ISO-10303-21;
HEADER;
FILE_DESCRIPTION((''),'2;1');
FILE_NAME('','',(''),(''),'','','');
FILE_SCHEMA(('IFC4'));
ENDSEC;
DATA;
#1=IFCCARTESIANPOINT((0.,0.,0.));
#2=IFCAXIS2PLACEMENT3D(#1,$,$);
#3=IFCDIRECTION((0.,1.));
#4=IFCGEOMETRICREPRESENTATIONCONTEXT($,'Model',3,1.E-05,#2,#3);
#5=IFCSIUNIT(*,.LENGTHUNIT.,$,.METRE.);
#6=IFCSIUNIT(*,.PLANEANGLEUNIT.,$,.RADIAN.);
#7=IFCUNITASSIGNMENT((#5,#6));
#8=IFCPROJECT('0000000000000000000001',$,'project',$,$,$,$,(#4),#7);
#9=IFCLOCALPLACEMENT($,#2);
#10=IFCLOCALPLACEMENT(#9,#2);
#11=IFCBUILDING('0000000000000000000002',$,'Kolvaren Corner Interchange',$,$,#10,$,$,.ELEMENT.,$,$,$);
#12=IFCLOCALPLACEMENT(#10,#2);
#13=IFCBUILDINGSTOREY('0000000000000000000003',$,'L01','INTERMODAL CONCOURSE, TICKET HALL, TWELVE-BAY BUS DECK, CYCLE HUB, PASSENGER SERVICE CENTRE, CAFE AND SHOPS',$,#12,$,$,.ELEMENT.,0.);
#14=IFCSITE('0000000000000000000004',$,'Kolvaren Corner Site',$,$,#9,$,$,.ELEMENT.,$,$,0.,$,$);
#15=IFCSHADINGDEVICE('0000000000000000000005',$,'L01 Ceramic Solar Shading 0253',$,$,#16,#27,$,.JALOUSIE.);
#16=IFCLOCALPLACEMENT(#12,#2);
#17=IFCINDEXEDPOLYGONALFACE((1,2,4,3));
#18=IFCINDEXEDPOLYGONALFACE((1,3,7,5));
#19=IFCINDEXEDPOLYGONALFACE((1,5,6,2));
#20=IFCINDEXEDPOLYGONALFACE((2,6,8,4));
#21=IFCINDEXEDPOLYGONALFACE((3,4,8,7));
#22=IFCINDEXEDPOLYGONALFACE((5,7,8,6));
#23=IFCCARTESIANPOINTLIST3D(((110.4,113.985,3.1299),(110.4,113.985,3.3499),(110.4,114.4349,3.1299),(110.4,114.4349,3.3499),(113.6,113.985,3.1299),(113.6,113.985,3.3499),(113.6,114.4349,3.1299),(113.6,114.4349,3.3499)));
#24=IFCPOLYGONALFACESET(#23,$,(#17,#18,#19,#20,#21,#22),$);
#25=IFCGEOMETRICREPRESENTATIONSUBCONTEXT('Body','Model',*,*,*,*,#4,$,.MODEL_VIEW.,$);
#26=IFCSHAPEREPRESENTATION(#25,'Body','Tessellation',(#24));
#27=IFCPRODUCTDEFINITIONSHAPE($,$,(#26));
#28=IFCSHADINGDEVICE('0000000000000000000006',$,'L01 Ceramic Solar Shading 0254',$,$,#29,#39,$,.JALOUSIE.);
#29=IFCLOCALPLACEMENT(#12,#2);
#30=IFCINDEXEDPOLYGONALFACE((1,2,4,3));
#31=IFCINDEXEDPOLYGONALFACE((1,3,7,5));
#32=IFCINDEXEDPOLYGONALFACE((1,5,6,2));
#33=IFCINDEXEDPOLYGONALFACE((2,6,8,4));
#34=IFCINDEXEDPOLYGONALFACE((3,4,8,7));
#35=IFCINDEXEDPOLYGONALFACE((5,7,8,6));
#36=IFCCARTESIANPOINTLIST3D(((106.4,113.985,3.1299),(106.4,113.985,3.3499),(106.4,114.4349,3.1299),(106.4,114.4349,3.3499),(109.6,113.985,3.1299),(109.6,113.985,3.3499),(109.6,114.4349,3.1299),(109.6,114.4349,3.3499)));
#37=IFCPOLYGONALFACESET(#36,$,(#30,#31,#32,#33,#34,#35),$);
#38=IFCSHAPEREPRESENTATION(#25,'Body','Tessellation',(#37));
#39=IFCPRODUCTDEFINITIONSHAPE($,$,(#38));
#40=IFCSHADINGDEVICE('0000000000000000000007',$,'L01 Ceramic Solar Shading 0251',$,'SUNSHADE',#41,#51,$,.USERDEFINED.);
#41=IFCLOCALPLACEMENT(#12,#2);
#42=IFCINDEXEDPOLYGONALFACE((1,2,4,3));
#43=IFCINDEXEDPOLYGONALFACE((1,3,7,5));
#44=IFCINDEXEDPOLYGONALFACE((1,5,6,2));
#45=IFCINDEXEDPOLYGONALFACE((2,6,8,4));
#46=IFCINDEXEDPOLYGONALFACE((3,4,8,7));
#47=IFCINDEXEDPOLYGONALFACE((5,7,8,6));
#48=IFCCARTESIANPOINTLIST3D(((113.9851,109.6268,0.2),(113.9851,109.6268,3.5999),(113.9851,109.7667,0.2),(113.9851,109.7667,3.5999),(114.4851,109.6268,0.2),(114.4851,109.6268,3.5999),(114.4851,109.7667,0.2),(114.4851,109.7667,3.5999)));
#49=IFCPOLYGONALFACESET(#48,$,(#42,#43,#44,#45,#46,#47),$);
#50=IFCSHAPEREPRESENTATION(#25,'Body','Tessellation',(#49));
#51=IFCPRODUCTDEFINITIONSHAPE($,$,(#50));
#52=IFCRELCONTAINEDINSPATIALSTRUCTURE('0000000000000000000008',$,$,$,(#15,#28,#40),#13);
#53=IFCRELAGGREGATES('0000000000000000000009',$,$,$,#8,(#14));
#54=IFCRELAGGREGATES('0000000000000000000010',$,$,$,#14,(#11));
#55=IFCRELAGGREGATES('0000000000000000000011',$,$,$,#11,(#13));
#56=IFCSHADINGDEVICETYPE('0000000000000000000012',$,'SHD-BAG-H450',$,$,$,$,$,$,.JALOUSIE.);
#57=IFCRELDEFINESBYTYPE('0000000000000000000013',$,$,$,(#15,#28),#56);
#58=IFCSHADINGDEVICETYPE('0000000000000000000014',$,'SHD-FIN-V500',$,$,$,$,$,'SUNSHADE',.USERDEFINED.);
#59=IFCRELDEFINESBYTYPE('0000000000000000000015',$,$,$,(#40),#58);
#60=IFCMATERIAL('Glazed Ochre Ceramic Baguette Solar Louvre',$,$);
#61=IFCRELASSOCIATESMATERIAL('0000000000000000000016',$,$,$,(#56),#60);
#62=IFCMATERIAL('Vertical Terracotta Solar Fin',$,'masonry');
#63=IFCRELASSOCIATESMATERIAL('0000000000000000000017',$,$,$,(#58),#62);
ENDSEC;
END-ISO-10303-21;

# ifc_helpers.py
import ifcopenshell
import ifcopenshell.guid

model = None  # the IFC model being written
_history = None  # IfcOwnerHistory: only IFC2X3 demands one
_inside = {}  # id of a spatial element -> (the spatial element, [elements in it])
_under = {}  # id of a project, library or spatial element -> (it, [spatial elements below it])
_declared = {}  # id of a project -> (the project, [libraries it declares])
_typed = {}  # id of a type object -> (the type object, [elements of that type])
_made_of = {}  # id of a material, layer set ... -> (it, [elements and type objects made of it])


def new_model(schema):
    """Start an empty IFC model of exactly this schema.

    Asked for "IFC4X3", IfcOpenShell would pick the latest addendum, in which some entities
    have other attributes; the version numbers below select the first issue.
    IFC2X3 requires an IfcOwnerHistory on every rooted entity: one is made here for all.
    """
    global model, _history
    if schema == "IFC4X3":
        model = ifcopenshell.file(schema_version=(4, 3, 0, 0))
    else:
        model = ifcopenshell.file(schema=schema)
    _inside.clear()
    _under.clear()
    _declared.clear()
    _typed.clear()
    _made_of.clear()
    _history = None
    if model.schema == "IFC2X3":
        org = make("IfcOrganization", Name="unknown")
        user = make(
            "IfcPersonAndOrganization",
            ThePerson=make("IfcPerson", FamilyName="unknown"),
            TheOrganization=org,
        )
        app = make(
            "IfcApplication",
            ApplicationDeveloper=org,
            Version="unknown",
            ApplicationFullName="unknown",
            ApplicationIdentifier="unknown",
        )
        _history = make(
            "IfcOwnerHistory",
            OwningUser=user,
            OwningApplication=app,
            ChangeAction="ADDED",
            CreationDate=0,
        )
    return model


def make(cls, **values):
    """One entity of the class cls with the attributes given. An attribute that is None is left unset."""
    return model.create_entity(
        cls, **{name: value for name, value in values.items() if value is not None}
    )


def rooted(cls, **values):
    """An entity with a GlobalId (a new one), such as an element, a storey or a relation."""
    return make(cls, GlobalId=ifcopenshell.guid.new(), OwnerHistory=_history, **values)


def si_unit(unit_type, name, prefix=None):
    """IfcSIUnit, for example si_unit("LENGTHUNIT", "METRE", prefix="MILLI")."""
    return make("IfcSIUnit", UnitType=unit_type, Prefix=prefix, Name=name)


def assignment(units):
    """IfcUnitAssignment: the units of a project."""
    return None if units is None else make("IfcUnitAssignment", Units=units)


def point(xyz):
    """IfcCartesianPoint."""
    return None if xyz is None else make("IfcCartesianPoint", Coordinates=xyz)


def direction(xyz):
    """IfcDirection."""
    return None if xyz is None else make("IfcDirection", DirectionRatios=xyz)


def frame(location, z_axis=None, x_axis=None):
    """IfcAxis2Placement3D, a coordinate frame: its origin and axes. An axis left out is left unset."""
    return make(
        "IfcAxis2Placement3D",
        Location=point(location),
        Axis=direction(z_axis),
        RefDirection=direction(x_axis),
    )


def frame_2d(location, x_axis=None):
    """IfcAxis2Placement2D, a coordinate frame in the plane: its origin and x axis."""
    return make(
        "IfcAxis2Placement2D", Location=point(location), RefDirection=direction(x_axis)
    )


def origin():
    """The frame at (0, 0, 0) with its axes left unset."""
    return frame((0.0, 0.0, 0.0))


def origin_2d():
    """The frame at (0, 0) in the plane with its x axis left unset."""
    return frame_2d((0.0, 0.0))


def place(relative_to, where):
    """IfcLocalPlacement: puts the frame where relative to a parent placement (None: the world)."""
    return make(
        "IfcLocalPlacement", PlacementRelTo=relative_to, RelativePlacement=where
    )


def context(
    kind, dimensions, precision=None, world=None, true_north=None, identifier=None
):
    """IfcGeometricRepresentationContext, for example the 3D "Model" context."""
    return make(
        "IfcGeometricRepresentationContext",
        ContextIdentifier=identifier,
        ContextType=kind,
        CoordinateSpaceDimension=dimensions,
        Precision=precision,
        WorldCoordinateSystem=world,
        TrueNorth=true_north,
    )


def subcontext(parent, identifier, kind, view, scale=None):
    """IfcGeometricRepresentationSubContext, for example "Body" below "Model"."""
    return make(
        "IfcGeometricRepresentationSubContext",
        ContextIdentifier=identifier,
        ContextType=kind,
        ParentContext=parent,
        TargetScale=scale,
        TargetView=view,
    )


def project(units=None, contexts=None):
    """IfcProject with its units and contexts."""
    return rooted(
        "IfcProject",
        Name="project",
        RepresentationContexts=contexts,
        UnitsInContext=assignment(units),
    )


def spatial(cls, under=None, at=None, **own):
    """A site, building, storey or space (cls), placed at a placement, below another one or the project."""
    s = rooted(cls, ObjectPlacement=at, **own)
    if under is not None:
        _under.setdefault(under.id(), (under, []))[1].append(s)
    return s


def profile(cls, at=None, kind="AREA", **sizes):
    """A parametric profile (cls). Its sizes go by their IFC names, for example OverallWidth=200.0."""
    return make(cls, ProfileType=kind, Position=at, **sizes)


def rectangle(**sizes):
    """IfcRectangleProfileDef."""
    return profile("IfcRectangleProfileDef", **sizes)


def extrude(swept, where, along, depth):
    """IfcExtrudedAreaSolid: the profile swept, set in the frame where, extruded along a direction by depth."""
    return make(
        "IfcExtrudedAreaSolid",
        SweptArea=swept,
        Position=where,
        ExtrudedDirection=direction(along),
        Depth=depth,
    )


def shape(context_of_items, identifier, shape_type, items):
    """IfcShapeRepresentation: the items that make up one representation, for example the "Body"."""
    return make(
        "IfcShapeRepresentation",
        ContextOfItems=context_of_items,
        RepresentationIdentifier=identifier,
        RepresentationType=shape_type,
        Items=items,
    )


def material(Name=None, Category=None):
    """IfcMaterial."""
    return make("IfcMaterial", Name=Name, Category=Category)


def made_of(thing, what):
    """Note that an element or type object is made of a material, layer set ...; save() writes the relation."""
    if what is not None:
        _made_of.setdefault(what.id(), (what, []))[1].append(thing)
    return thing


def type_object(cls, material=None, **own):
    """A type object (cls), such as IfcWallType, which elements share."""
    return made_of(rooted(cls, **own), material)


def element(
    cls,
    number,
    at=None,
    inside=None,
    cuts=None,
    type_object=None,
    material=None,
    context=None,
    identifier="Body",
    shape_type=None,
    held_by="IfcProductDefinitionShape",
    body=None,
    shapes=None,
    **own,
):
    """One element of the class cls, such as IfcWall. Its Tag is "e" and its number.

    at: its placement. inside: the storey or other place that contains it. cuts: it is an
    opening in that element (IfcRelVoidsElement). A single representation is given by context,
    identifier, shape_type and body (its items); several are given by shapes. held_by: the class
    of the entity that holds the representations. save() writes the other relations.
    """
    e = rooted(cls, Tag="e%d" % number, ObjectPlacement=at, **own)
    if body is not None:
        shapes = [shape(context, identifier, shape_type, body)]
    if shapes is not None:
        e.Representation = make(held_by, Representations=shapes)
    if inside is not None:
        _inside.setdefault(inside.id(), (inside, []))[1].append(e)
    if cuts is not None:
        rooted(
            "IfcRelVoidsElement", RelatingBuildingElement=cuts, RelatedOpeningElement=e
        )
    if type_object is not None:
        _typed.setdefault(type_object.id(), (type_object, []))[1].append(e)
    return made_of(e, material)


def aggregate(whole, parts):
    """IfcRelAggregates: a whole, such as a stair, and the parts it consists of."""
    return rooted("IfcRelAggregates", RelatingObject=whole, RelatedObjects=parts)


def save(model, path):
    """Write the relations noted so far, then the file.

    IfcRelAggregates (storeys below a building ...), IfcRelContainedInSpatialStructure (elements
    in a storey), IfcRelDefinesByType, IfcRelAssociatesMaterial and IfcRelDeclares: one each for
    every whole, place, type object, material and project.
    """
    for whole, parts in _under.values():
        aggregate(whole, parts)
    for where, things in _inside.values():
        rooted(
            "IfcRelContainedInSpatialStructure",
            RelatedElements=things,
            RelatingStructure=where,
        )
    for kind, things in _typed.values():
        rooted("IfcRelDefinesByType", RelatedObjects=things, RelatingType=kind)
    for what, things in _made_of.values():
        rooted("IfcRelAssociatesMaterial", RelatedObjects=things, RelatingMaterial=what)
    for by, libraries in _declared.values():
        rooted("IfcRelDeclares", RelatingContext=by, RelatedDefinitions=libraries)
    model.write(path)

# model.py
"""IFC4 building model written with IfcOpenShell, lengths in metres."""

from ifc_helpers import new_model, si_unit, direction, frame, origin, origin_2d, place, context, subcontext, project, spatial, rectangle, extrude, material, type_object, element, save


model = new_model("IFC4")

# Units and contexts
model_context = context("Model", 3, precision=1e-05, world=origin(), true_north=direction((0.0, 1.0)))
body_context = subcontext(model_context, "Body", "Model", "MODEL_VIEW")
ifc_project = project(units=[si_unit("LENGTHUNIT", "METRE"), si_unit("PLANEANGLEUNIT", "RADIAN")], contexts=[model_context])

# Site, building, storey
site_placement = place(None, origin())
site = spatial("IfcSite", under=ifc_project, at=site_placement, Name="Kolvaren Corner Site", CompositionType="ELEMENT", RefElevation=0.0)
building_placement = place(site_placement, origin())
building = spatial("IfcBuilding", under=site, at=building_placement, Name="Kolvaren Corner Interchange", CompositionType="ELEMENT")
storey_placement = place(building_placement, origin())
storey = spatial("IfcBuildingStorey", under=building, at=storey_placement, Name="L01", Description="INTERMODAL CONCOURSE, TICKET HALL, TWELVE-BAY BUS DECK, CYCLE HUB, PASSENGER SERVICE CENTRE, CAFE AND SHOPS", CompositionType="ELEMENT", Elevation=0.0)

# Shading devices
ifc_material_1 = material(Name="Glazed Ochre Ceramic Baguette Solar Louvre")
shading_device_type_1 = type_object("IfcShadingDeviceType", Name="SHD-BAG-H450", PredefinedType="JALOUSIE", material=ifc_material_1)
for number, where, z_axis, x_axis, name in (
    (1, (112.0, 114.21, 3.1299), (0.0, 0.0, 1.0), (-1.0, 0.0, 0.0), "L01 Ceramic Solar Shading 0253"),
    (2, (108.0, 114.21, 3.1299), (0.0, 0.0, 1.0), (-1.0, 0.0, 0.0), "L01 Ceramic Solar Shading 0254"),
):
    element("IfcShadingDevice", number, at=place(storey_placement, frame(where, z_axis=z_axis, x_axis=x_axis)), inside=storey, type_object=shading_device_type_1, Name=name, PredefinedType="JALOUSIE", context=body_context, shape_type="SweptSolid", body=[
        extrude(rectangle(XDim=3.2, YDim=0.45, at=origin_2d()), origin(), (0.0, 0.0, 1.0), 0.22),
    ])
ifc_material_2 = material(Name="Vertical Terracotta Solar Fin", Category="masonry")
shading_device_type_2 = type_object("IfcShadingDeviceType", Name="SHD-FIN-V500", ElementType="SUNSHADE", PredefinedType="USERDEFINED", material=ifc_material_2)
shading_device_placement = place(storey_placement, frame((114.2351, 109.6968, 0.2), z_axis=(0.0, 0.0, 1.0), x_axis=(0.0, 1.0, 0.0)))
element("IfcShadingDevice", 3, at=shading_device_placement, inside=storey, type_object=shading_device_type_2, Name="L01 Ceramic Solar Shading 0251", ObjectType="SUNSHADE", PredefinedType="USERDEFINED", context=body_context, shape_type="SweptSolid", body=[
    extrude(rectangle(XDim=0.1399, YDim=0.5, at=origin_2d()), origin(), (0.0, 0.0, 1.0), 3.3999),
])

save(model, "model.ifc")
